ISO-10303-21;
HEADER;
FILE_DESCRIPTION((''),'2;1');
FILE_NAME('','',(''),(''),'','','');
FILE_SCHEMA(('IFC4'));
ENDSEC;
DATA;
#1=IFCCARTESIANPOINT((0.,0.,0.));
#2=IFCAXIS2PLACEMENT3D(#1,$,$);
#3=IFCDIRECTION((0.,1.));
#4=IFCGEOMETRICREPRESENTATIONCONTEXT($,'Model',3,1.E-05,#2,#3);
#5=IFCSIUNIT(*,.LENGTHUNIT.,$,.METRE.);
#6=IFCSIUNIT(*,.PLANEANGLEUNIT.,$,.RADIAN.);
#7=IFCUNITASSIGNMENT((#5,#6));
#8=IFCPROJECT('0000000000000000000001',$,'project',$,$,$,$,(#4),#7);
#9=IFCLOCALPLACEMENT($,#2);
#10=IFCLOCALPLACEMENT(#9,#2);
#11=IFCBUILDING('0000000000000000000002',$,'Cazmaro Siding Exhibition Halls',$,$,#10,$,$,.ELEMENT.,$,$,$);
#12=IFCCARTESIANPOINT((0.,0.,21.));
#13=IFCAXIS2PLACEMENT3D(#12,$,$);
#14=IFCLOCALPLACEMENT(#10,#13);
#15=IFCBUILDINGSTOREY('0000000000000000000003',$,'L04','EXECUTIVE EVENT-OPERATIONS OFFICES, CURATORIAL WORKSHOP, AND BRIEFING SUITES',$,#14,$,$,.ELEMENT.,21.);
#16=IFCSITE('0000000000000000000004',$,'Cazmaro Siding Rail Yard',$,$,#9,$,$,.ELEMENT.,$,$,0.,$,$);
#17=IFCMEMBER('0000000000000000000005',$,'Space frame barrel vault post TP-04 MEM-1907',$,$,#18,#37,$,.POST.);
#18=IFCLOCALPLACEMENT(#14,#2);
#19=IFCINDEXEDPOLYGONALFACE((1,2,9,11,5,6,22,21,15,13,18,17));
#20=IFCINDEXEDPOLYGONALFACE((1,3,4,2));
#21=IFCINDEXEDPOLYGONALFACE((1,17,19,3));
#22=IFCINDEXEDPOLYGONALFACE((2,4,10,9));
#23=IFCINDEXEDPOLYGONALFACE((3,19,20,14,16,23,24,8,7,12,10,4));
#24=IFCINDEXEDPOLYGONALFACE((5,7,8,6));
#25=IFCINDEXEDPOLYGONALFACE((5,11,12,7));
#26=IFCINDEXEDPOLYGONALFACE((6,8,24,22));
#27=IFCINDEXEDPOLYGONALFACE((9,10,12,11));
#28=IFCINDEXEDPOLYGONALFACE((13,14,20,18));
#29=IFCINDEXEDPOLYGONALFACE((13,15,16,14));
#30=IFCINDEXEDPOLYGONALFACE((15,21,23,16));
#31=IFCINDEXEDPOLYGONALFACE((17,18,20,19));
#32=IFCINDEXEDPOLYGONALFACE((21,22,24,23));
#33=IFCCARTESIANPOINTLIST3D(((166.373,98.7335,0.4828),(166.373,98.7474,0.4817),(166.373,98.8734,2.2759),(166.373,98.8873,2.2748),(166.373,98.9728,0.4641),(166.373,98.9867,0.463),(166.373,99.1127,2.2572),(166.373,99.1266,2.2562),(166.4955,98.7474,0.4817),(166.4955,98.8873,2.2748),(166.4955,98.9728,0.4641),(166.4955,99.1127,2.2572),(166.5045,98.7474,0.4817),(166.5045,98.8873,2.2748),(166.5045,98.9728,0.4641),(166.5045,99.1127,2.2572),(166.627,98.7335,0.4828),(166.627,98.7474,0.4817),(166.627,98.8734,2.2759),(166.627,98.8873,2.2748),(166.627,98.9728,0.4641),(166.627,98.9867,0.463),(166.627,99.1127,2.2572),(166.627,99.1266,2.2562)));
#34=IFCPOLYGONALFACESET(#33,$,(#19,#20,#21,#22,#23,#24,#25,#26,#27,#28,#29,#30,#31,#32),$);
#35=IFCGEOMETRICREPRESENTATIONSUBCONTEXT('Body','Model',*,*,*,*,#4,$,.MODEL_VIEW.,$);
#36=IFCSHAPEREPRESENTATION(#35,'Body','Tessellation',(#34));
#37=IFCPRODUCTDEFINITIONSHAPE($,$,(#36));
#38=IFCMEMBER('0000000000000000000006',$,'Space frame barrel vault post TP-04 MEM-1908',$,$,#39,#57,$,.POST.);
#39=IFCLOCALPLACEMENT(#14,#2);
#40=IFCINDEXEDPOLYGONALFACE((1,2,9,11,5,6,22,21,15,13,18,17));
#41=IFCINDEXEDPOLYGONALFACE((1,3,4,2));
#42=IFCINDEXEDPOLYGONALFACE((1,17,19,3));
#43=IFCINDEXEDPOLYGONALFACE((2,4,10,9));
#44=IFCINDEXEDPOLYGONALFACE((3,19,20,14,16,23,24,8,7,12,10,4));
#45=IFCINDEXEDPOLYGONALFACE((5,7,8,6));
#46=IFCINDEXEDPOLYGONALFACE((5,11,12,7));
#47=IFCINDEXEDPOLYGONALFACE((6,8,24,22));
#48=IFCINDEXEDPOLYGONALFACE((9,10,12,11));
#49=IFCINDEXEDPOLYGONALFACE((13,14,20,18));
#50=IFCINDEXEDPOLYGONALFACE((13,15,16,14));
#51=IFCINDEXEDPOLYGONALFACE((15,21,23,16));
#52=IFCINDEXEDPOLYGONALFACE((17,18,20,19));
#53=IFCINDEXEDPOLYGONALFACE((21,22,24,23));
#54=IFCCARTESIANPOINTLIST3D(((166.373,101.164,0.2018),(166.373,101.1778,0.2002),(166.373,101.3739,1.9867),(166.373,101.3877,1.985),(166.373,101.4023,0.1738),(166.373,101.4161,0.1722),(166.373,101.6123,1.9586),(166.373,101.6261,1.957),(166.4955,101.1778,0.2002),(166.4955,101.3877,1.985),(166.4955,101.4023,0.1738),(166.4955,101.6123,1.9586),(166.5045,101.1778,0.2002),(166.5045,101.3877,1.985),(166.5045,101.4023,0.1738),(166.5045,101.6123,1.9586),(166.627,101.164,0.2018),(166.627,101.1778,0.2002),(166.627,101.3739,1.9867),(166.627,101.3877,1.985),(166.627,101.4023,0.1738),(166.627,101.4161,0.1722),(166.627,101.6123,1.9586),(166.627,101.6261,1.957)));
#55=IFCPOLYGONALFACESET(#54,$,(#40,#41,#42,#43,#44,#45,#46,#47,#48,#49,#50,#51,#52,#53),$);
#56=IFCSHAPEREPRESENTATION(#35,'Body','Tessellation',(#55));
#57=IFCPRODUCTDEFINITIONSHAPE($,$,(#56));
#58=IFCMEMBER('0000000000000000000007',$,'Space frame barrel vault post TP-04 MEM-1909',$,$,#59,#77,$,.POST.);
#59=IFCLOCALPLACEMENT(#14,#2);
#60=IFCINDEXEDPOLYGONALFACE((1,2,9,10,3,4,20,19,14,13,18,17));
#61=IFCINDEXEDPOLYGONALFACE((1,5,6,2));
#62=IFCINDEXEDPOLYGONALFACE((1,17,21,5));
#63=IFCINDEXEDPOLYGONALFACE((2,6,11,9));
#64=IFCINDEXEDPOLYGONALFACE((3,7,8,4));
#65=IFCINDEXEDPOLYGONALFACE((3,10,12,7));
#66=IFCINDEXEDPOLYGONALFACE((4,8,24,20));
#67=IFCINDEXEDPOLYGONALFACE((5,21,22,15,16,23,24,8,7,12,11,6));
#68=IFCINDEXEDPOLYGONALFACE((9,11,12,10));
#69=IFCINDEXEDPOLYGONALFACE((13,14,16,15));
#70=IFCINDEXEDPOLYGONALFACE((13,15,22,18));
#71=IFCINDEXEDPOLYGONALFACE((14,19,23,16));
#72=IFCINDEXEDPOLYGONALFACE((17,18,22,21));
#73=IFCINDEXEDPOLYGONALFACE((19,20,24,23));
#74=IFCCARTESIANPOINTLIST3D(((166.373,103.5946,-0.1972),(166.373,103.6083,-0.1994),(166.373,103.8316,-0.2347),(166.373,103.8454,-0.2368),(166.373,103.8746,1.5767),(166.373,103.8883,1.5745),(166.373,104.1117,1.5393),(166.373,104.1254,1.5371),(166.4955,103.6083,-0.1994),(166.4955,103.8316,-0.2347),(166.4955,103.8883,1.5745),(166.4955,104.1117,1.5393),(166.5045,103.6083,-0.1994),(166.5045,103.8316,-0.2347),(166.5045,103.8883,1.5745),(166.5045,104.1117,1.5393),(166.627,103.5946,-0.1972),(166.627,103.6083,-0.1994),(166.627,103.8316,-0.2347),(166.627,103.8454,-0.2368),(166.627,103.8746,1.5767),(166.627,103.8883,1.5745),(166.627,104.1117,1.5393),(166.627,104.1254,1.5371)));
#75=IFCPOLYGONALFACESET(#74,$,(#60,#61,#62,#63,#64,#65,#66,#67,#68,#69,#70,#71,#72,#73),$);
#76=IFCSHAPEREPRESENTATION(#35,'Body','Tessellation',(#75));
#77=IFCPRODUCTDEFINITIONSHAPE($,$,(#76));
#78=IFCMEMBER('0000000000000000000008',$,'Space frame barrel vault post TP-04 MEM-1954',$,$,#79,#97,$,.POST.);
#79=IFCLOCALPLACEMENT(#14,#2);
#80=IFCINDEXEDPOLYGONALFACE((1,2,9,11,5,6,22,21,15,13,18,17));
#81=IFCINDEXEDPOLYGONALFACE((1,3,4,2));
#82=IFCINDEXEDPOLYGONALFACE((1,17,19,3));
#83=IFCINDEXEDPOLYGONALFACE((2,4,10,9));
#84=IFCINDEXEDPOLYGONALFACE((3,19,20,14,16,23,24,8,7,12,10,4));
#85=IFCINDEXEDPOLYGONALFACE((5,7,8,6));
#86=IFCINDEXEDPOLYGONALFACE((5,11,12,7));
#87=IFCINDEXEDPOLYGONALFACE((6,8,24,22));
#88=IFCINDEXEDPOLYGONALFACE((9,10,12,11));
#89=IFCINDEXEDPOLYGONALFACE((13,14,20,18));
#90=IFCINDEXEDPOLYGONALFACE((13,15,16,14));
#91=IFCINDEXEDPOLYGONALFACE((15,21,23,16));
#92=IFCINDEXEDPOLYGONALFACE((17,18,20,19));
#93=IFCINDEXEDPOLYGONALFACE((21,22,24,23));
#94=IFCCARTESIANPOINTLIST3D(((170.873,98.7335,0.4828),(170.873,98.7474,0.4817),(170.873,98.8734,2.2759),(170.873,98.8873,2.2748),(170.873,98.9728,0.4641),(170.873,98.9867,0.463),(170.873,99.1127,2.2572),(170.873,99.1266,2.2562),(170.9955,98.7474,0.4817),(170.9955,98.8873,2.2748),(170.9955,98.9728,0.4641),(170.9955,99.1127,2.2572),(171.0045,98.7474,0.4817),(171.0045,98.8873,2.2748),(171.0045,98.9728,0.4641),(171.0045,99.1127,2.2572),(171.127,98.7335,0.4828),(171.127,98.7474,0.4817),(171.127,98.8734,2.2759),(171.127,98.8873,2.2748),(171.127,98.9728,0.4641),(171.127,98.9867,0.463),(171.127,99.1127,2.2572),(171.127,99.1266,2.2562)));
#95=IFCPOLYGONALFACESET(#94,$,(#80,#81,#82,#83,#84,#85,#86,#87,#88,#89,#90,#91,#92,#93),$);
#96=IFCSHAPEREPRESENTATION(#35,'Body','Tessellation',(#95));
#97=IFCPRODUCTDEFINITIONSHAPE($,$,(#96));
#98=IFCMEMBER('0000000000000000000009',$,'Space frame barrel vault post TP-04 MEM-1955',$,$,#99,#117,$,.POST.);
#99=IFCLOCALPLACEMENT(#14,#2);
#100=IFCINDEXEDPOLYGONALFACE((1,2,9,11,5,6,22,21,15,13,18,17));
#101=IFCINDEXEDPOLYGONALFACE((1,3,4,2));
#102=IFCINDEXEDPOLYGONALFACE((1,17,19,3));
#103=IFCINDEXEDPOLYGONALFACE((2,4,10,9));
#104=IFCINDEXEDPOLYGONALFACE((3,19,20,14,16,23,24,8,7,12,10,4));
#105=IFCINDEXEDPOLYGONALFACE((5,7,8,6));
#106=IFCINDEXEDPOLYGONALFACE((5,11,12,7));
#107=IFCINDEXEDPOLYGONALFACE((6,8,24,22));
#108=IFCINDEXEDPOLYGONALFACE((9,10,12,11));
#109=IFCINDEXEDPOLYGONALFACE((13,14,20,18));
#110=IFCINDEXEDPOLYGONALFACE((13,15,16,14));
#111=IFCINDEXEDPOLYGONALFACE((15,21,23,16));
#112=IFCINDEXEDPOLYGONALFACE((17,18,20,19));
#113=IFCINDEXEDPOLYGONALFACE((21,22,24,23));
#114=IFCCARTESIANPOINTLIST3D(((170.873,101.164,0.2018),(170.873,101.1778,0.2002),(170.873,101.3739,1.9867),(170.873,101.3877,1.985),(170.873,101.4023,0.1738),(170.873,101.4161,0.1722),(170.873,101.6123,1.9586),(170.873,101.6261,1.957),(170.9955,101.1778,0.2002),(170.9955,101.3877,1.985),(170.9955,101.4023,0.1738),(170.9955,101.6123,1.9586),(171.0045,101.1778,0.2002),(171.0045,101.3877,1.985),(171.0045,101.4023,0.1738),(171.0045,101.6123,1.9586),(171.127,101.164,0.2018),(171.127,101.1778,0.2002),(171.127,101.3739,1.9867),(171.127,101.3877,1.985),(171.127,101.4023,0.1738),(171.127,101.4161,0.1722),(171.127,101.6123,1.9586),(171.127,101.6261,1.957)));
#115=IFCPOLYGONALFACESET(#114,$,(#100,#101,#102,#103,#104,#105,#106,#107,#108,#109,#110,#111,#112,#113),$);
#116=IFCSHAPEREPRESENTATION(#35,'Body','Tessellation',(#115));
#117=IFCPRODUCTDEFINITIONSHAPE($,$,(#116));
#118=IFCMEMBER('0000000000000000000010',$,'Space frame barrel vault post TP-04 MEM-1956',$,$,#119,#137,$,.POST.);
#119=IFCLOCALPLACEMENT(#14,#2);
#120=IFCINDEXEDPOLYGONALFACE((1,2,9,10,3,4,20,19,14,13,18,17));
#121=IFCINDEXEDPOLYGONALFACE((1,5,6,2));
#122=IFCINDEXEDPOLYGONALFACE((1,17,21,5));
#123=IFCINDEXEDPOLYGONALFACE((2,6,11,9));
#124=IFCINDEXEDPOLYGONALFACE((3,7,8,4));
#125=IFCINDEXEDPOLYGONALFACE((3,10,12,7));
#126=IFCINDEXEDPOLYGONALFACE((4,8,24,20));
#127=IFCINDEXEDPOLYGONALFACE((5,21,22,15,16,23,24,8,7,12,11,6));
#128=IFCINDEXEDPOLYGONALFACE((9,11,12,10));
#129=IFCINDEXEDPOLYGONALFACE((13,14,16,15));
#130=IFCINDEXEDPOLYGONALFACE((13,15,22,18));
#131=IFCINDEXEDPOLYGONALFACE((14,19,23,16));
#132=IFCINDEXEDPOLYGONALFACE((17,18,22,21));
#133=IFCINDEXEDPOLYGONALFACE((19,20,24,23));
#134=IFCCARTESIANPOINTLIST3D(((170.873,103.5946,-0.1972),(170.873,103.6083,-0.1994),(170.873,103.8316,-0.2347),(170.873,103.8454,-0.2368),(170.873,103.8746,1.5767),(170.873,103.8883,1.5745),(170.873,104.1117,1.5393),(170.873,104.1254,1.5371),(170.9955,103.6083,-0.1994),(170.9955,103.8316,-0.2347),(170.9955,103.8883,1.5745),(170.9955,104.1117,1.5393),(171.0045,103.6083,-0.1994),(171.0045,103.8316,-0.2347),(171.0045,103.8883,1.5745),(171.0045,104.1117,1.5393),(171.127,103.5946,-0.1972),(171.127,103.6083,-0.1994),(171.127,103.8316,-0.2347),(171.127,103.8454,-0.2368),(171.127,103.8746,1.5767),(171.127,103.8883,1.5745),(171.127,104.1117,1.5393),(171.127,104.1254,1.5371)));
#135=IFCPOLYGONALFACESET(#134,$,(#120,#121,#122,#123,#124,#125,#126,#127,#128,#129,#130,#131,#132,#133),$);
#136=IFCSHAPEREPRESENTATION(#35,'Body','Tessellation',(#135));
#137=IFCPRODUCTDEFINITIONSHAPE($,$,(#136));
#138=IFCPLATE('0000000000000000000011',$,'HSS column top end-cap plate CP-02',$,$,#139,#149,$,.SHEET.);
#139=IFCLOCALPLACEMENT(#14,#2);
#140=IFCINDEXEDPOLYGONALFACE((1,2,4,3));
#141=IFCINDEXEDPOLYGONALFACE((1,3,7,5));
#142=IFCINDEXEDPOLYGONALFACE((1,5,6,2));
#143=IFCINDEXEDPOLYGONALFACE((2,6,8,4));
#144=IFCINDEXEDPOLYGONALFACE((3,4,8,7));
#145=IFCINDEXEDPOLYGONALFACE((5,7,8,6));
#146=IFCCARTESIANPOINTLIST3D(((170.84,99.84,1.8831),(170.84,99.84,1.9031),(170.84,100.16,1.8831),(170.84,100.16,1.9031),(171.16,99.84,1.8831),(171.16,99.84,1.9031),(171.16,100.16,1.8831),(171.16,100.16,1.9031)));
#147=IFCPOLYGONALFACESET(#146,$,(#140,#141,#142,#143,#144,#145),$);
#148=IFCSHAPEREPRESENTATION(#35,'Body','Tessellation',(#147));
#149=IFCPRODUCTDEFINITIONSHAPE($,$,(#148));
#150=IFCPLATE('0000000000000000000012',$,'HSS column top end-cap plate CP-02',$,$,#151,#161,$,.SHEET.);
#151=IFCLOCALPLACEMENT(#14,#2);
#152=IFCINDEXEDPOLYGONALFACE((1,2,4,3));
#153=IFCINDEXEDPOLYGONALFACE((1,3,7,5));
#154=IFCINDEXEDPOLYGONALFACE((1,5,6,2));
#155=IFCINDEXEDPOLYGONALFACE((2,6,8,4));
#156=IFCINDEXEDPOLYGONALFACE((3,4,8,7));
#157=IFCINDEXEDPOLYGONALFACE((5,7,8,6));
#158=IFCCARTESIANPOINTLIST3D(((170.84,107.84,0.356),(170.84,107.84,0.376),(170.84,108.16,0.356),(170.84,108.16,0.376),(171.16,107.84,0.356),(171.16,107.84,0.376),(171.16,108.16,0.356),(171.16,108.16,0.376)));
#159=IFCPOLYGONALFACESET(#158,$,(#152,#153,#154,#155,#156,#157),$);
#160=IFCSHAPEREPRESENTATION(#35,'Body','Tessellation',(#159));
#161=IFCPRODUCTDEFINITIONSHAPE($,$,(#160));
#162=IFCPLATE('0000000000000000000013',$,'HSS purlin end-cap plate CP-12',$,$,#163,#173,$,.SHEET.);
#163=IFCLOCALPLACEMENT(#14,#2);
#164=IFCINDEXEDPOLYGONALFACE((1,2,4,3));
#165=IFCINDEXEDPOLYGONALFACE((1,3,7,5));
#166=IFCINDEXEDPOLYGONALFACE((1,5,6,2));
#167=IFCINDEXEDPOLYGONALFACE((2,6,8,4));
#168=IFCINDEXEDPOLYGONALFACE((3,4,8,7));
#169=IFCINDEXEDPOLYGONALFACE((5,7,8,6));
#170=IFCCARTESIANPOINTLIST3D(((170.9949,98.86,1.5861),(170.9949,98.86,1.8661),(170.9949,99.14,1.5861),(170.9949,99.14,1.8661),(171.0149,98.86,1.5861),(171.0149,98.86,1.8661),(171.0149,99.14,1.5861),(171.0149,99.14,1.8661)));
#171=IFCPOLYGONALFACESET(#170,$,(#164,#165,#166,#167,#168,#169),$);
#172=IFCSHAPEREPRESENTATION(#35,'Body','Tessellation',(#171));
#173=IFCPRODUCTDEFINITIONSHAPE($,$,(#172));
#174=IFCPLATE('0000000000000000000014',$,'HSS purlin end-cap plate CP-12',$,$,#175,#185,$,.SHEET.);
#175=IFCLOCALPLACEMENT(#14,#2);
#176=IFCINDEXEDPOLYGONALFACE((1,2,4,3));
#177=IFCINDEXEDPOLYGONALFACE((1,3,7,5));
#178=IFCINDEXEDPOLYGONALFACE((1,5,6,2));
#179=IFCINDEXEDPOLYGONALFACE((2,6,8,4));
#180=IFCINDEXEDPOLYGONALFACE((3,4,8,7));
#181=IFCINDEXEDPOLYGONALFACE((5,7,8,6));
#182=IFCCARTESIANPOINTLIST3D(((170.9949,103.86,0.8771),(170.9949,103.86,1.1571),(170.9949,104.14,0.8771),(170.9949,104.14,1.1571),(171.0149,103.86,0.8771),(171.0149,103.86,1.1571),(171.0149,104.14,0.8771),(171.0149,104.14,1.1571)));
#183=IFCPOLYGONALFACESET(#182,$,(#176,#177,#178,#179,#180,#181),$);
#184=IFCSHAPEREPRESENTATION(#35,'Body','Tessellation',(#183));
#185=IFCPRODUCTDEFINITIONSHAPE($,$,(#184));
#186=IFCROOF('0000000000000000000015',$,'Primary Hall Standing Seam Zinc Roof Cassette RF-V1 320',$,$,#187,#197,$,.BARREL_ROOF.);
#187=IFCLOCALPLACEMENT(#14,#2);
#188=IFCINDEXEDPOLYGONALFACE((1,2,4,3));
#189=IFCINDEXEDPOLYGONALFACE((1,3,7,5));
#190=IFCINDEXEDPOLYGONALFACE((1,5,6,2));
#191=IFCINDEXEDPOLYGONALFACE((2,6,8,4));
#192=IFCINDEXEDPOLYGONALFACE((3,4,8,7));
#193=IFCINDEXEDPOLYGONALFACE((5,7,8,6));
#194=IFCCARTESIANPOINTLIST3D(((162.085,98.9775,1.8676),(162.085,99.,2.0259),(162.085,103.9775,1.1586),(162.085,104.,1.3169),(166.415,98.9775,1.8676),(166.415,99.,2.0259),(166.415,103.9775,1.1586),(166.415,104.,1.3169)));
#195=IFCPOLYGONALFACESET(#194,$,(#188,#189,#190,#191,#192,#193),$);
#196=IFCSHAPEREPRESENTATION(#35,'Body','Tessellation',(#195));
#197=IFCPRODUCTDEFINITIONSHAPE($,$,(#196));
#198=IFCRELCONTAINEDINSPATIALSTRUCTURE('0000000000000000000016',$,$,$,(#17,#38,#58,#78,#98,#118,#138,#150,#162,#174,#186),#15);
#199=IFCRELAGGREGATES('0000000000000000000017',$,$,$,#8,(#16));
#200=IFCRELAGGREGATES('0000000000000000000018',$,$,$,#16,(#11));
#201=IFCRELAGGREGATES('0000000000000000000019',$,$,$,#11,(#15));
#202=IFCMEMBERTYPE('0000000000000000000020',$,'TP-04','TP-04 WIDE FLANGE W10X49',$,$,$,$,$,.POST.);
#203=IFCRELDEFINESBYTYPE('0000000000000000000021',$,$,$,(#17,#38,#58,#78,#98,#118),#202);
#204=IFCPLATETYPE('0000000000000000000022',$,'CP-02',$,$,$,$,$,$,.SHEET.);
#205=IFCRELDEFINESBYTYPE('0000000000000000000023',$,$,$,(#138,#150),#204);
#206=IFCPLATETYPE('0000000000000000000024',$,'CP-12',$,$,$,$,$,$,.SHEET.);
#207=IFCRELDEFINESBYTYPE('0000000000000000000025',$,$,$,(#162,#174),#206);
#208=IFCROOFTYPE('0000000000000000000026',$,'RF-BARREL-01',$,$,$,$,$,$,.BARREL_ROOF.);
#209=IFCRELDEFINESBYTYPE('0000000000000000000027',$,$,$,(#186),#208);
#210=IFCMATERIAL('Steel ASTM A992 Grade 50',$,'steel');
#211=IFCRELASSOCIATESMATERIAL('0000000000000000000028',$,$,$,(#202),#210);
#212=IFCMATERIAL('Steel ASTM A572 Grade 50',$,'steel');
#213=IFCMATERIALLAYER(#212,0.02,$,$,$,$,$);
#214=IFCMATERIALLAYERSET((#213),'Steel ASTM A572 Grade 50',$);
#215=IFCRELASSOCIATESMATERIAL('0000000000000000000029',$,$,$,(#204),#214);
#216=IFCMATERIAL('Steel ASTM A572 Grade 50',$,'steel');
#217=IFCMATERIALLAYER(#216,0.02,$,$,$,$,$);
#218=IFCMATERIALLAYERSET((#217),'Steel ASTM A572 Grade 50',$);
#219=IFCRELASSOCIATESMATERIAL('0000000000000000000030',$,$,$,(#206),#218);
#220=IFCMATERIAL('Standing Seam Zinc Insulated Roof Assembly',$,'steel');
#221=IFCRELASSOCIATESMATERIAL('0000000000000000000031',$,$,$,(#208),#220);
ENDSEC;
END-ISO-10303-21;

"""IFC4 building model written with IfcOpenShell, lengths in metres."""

from ifc_helpers import new_model, si_unit, direction, frame, origin, origin_2d, place, context, subcontext, project, spatial, polyline, rectangle, i_section, outline, extrude, material, layer, layer_set, material_profile, profile_set, type_object, element, save


model = new_model("IFC4")

# Units and contexts
model_context = context("Model", 3, precision=1e-05, world=origin(), true_north=direction((0.0, 1.0)))
body_context = subcontext(model_context, "Body", "Model", "MODEL_VIEW")
ifc_project = project(units=[si_unit("LENGTHUNIT", "METRE"), si_unit("PLANEANGLEUNIT", "RADIAN")], contexts=[model_context])

# Site, building, storey
site_placement = place(None, origin())
site = spatial("IfcSite", under=ifc_project, at=site_placement, Name="Cazmaro Siding Rail Yard", CompositionType="ELEMENT", RefElevation=0.0)
building_placement = place(site_placement, origin())
building = spatial("IfcBuilding", under=site, at=building_placement, Name="Cazmaro Siding Exhibition Halls", CompositionType="ELEMENT")
storey_placement = place(building_placement, frame((0.0, 0.0, 21.0)))
storey = spatial("IfcBuildingStorey", under=building, at=storey_placement, Name="L04", Description="EXECUTIVE EVENT-OPERATIONS OFFICES, CURATORIAL WORKSHOP, AND BRIEFING SUITES", CompositionType="ELEMENT", Elevation=21.0)

# Members
ifc_material_1 = material(Name="Steel ASTM A992 Grade 50", Category="steel")
ifc_material_profile_1 = material_profile(ifc_material_1, i_section(OverallWidth=0.2539, OverallDepth=0.2539, WebThickness=0.009, FlangeThickness=0.0139, at=origin_2d()), Name="W10X49")
ifc_profile_set_1 = profile_set([ifc_material_profile_1], Name="Steel ASTM A992 Grade 50")
member_type_1 = type_object("IfcMemberType", Name="TP-04", Description="TP-04 WIDE FLANGE W10X49", PredefinedType="POST", material=ifc_profile_set_1)
member_1_placement = place(storey_placement, frame((166.5, 98.8601, 0.4729), z_axis=(0.0, 0.077776, 0.996971), x_axis=(-1.0, 0.0, 0.0)))
element("IfcMember", 1, at=member_1_placement, inside=storey, type_object=member_type_1, Name="Space frame barrel vault post TP-04 MEM-1907", PredefinedType="POST", context=body_context, shape_type="SweptSolid", body=[
    extrude(i_section(OverallWidth=0.2539, OverallDepth=0.2539, WebThickness=0.009, FlangeThickness=0.0139, at=origin_2d()), origin(), (0.0, 0.0, 1.0), 1.7986),
])
member_2_placement = place(storey_placement, frame((166.5, 101.29, 0.187), z_axis=(0.0, 0.116825, 0.993152), x_axis=(-1.0, 0.0, 0.0)))
element("IfcMember", 2, at=member_2_placement, inside=storey, type_object=member_type_1, Name="Space frame barrel vault post TP-04 MEM-1908", PredefinedType="POST", context=body_context, shape_type="SweptSolid", body=[
    extrude(i_section(OverallWidth=0.2539, OverallDepth=0.2539, WebThickness=0.009, FlangeThickness=0.0139, at=origin_2d()), origin(), (0.0, 0.0, 1.0), 1.7971),
])
member_3_placement = place(storey_placement, frame((166.5, 103.72, -0.217), z_axis=(0.0, 0.155928, 0.987768), x_axis=(-1.0, 0.0, 0.0)))
element("IfcMember", 3, at=member_3_placement, inside=storey, type_object=member_type_1, Name="Space frame barrel vault post TP-04 MEM-1909", PredefinedType="POST", context=body_context, shape_type="SweptSolid", body=[
    extrude(i_section(OverallWidth=0.2539, OverallDepth=0.2539, WebThickness=0.009, FlangeThickness=0.0139, at=origin_2d()), origin(), (0.0, 0.0, 1.0), 1.7959),
])
member_4_placement = place(storey_placement, frame((171.0, 98.8601, 0.4729), z_axis=(0.0, 0.077776, 0.996971), x_axis=(-1.0, 0.0, 0.0)))
element("IfcMember", 4, at=member_4_placement, inside=storey, type_object=member_type_1, Name="Space frame barrel vault post TP-04 MEM-1954", PredefinedType="POST", context=body_context, shape_type="SweptSolid", body=[
    extrude(i_section(OverallWidth=0.2539, OverallDepth=0.2539, WebThickness=0.009, FlangeThickness=0.0139, at=origin_2d()), origin(), (0.0, 0.0, 1.0), 1.7986),
])
member_5_placement = place(storey_placement, frame((171.0, 101.29, 0.187), z_axis=(0.0, 0.116825, 0.993152), x_axis=(-1.0, 0.0, 0.0)))
element("IfcMember", 5, at=member_5_placement, inside=storey, type_object=member_type_1, Name="Space frame barrel vault post TP-04 MEM-1955", PredefinedType="POST", context=body_context, shape_type="SweptSolid", body=[
    extrude(i_section(OverallWidth=0.2539, OverallDepth=0.2539, WebThickness=0.009, FlangeThickness=0.0139, at=origin_2d()), origin(), (0.0, 0.0, 1.0), 1.7971),
])
member_6_placement = place(storey_placement, frame((171.0, 103.72, -0.217), z_axis=(0.0, 0.155928, 0.987768), x_axis=(-1.0, 0.0, 0.0)))
element("IfcMember", 6, at=member_6_placement, inside=storey, type_object=member_type_1, Name="Space frame barrel vault post TP-04 MEM-1956", PredefinedType="POST", context=body_context, shape_type="SweptSolid", body=[
    extrude(i_section(OverallWidth=0.2539, OverallDepth=0.2539, WebThickness=0.009, FlangeThickness=0.0139, at=origin_2d()), origin(), (0.0, 0.0, 1.0), 1.7959),
])

# Plates
ifc_material_2 = material(Name="Steel ASTM A572 Grade 50", Category="steel")
ifc_layer_1 = layer(ifc_material_2, 0.02)
ifc_layer_set_1 = layer_set([ifc_layer_1], Name="Steel ASTM A572 Grade 50")
plate_type_1 = type_object("IfcPlateType", Name="CP-02", PredefinedType="SHEET", material=ifc_layer_set_1)
for number, where, z_axis, x_axis, name in (
    (7, (171.0, 100.0, 1.8831), (0.0, 0.0, 1.0), (1.0, 0.0, 0.0), "HSS column top end-cap plate CP-02"),
    (8, (171.0, 108.0, 0.356), (0.0, 0.0, 1.0), (1.0, 0.0, 0.0), "HSS column top end-cap plate CP-02"),
):
    element("IfcPlate", number, at=place(storey_placement, frame(where, z_axis=z_axis, x_axis=x_axis)), inside=storey, type_object=plate_type_1, Name=name, PredefinedType="SHEET", context=body_context, shape_type="SweptSolid", body=[
        extrude(rectangle(XDim=0.3201, YDim=0.3201, at=origin_2d()), origin(), (0.0, 0.0, 1.0), 0.02),
    ])
ifc_material_3 = material(Name="Steel ASTM A572 Grade 50", Category="steel")
ifc_layer_2 = layer(ifc_material_3, 0.02)
ifc_layer_set_2 = layer_set([ifc_layer_2], Name="Steel ASTM A572 Grade 50")
plate_type_2 = type_object("IfcPlateType", Name="CP-12", PredefinedType="SHEET", material=ifc_layer_set_2)
for number, where, z_axis, x_axis, name in (
    (9, (170.9949, 99.0, 1.7261), (1.0, 0.0, 0.0), (0.0, 1.0, 0.0), "HSS purlin end-cap plate CP-12"),
    (10, (170.9949, 104.0, 1.0171), (1.0, 0.0, 0.0), (0.0, 1.0, 0.0), "HSS purlin end-cap plate CP-12"),
):
    element("IfcPlate", number, at=place(storey_placement, frame(where, z_axis=z_axis, x_axis=x_axis)), inside=storey, type_object=plate_type_2, Name=name, PredefinedType="SHEET", context=body_context, shape_type="SweptSolid", body=[
        extrude(rectangle(XDim=0.28, YDim=0.28, at=origin_2d()), origin(), (0.0, 0.0, 1.0), 0.02),
    ])

# Roof
ifc_material_4 = material(Name="Standing Seam Zinc Insulated Roof Assembly", Category="steel")
roof_type = type_object("IfcRoofType", Name="RF-BARREL-01", PredefinedType="BARREL_ROOF", material=ifc_material_4)
roof_1_placement = place(storey_placement, frame((162.085, 99.0, 2.0259), z_axis=(0.0, 0.140393, 0.990096), x_axis=(1.0, 0.0, 0.0)))
element("IfcRoof", 11, at=roof_1_placement, inside=storey, type_object=roof_type, Name="Primary Hall Standing Seam Zinc Roof Cassette RF-V1 320", PredefinedType="BARREL_ROOF", context=body_context, shape_type="SweptSolid", body=[
    extrude(outline(polyline([(0.0, 0.0), (4.3301, 0.0), (4.3301, 5.05), (0.0, 5.05), (0.0, 0.0)])), origin(), (0.0, 0.0, -1.0), 0.1599),
])

save(model, "model.ifc")
